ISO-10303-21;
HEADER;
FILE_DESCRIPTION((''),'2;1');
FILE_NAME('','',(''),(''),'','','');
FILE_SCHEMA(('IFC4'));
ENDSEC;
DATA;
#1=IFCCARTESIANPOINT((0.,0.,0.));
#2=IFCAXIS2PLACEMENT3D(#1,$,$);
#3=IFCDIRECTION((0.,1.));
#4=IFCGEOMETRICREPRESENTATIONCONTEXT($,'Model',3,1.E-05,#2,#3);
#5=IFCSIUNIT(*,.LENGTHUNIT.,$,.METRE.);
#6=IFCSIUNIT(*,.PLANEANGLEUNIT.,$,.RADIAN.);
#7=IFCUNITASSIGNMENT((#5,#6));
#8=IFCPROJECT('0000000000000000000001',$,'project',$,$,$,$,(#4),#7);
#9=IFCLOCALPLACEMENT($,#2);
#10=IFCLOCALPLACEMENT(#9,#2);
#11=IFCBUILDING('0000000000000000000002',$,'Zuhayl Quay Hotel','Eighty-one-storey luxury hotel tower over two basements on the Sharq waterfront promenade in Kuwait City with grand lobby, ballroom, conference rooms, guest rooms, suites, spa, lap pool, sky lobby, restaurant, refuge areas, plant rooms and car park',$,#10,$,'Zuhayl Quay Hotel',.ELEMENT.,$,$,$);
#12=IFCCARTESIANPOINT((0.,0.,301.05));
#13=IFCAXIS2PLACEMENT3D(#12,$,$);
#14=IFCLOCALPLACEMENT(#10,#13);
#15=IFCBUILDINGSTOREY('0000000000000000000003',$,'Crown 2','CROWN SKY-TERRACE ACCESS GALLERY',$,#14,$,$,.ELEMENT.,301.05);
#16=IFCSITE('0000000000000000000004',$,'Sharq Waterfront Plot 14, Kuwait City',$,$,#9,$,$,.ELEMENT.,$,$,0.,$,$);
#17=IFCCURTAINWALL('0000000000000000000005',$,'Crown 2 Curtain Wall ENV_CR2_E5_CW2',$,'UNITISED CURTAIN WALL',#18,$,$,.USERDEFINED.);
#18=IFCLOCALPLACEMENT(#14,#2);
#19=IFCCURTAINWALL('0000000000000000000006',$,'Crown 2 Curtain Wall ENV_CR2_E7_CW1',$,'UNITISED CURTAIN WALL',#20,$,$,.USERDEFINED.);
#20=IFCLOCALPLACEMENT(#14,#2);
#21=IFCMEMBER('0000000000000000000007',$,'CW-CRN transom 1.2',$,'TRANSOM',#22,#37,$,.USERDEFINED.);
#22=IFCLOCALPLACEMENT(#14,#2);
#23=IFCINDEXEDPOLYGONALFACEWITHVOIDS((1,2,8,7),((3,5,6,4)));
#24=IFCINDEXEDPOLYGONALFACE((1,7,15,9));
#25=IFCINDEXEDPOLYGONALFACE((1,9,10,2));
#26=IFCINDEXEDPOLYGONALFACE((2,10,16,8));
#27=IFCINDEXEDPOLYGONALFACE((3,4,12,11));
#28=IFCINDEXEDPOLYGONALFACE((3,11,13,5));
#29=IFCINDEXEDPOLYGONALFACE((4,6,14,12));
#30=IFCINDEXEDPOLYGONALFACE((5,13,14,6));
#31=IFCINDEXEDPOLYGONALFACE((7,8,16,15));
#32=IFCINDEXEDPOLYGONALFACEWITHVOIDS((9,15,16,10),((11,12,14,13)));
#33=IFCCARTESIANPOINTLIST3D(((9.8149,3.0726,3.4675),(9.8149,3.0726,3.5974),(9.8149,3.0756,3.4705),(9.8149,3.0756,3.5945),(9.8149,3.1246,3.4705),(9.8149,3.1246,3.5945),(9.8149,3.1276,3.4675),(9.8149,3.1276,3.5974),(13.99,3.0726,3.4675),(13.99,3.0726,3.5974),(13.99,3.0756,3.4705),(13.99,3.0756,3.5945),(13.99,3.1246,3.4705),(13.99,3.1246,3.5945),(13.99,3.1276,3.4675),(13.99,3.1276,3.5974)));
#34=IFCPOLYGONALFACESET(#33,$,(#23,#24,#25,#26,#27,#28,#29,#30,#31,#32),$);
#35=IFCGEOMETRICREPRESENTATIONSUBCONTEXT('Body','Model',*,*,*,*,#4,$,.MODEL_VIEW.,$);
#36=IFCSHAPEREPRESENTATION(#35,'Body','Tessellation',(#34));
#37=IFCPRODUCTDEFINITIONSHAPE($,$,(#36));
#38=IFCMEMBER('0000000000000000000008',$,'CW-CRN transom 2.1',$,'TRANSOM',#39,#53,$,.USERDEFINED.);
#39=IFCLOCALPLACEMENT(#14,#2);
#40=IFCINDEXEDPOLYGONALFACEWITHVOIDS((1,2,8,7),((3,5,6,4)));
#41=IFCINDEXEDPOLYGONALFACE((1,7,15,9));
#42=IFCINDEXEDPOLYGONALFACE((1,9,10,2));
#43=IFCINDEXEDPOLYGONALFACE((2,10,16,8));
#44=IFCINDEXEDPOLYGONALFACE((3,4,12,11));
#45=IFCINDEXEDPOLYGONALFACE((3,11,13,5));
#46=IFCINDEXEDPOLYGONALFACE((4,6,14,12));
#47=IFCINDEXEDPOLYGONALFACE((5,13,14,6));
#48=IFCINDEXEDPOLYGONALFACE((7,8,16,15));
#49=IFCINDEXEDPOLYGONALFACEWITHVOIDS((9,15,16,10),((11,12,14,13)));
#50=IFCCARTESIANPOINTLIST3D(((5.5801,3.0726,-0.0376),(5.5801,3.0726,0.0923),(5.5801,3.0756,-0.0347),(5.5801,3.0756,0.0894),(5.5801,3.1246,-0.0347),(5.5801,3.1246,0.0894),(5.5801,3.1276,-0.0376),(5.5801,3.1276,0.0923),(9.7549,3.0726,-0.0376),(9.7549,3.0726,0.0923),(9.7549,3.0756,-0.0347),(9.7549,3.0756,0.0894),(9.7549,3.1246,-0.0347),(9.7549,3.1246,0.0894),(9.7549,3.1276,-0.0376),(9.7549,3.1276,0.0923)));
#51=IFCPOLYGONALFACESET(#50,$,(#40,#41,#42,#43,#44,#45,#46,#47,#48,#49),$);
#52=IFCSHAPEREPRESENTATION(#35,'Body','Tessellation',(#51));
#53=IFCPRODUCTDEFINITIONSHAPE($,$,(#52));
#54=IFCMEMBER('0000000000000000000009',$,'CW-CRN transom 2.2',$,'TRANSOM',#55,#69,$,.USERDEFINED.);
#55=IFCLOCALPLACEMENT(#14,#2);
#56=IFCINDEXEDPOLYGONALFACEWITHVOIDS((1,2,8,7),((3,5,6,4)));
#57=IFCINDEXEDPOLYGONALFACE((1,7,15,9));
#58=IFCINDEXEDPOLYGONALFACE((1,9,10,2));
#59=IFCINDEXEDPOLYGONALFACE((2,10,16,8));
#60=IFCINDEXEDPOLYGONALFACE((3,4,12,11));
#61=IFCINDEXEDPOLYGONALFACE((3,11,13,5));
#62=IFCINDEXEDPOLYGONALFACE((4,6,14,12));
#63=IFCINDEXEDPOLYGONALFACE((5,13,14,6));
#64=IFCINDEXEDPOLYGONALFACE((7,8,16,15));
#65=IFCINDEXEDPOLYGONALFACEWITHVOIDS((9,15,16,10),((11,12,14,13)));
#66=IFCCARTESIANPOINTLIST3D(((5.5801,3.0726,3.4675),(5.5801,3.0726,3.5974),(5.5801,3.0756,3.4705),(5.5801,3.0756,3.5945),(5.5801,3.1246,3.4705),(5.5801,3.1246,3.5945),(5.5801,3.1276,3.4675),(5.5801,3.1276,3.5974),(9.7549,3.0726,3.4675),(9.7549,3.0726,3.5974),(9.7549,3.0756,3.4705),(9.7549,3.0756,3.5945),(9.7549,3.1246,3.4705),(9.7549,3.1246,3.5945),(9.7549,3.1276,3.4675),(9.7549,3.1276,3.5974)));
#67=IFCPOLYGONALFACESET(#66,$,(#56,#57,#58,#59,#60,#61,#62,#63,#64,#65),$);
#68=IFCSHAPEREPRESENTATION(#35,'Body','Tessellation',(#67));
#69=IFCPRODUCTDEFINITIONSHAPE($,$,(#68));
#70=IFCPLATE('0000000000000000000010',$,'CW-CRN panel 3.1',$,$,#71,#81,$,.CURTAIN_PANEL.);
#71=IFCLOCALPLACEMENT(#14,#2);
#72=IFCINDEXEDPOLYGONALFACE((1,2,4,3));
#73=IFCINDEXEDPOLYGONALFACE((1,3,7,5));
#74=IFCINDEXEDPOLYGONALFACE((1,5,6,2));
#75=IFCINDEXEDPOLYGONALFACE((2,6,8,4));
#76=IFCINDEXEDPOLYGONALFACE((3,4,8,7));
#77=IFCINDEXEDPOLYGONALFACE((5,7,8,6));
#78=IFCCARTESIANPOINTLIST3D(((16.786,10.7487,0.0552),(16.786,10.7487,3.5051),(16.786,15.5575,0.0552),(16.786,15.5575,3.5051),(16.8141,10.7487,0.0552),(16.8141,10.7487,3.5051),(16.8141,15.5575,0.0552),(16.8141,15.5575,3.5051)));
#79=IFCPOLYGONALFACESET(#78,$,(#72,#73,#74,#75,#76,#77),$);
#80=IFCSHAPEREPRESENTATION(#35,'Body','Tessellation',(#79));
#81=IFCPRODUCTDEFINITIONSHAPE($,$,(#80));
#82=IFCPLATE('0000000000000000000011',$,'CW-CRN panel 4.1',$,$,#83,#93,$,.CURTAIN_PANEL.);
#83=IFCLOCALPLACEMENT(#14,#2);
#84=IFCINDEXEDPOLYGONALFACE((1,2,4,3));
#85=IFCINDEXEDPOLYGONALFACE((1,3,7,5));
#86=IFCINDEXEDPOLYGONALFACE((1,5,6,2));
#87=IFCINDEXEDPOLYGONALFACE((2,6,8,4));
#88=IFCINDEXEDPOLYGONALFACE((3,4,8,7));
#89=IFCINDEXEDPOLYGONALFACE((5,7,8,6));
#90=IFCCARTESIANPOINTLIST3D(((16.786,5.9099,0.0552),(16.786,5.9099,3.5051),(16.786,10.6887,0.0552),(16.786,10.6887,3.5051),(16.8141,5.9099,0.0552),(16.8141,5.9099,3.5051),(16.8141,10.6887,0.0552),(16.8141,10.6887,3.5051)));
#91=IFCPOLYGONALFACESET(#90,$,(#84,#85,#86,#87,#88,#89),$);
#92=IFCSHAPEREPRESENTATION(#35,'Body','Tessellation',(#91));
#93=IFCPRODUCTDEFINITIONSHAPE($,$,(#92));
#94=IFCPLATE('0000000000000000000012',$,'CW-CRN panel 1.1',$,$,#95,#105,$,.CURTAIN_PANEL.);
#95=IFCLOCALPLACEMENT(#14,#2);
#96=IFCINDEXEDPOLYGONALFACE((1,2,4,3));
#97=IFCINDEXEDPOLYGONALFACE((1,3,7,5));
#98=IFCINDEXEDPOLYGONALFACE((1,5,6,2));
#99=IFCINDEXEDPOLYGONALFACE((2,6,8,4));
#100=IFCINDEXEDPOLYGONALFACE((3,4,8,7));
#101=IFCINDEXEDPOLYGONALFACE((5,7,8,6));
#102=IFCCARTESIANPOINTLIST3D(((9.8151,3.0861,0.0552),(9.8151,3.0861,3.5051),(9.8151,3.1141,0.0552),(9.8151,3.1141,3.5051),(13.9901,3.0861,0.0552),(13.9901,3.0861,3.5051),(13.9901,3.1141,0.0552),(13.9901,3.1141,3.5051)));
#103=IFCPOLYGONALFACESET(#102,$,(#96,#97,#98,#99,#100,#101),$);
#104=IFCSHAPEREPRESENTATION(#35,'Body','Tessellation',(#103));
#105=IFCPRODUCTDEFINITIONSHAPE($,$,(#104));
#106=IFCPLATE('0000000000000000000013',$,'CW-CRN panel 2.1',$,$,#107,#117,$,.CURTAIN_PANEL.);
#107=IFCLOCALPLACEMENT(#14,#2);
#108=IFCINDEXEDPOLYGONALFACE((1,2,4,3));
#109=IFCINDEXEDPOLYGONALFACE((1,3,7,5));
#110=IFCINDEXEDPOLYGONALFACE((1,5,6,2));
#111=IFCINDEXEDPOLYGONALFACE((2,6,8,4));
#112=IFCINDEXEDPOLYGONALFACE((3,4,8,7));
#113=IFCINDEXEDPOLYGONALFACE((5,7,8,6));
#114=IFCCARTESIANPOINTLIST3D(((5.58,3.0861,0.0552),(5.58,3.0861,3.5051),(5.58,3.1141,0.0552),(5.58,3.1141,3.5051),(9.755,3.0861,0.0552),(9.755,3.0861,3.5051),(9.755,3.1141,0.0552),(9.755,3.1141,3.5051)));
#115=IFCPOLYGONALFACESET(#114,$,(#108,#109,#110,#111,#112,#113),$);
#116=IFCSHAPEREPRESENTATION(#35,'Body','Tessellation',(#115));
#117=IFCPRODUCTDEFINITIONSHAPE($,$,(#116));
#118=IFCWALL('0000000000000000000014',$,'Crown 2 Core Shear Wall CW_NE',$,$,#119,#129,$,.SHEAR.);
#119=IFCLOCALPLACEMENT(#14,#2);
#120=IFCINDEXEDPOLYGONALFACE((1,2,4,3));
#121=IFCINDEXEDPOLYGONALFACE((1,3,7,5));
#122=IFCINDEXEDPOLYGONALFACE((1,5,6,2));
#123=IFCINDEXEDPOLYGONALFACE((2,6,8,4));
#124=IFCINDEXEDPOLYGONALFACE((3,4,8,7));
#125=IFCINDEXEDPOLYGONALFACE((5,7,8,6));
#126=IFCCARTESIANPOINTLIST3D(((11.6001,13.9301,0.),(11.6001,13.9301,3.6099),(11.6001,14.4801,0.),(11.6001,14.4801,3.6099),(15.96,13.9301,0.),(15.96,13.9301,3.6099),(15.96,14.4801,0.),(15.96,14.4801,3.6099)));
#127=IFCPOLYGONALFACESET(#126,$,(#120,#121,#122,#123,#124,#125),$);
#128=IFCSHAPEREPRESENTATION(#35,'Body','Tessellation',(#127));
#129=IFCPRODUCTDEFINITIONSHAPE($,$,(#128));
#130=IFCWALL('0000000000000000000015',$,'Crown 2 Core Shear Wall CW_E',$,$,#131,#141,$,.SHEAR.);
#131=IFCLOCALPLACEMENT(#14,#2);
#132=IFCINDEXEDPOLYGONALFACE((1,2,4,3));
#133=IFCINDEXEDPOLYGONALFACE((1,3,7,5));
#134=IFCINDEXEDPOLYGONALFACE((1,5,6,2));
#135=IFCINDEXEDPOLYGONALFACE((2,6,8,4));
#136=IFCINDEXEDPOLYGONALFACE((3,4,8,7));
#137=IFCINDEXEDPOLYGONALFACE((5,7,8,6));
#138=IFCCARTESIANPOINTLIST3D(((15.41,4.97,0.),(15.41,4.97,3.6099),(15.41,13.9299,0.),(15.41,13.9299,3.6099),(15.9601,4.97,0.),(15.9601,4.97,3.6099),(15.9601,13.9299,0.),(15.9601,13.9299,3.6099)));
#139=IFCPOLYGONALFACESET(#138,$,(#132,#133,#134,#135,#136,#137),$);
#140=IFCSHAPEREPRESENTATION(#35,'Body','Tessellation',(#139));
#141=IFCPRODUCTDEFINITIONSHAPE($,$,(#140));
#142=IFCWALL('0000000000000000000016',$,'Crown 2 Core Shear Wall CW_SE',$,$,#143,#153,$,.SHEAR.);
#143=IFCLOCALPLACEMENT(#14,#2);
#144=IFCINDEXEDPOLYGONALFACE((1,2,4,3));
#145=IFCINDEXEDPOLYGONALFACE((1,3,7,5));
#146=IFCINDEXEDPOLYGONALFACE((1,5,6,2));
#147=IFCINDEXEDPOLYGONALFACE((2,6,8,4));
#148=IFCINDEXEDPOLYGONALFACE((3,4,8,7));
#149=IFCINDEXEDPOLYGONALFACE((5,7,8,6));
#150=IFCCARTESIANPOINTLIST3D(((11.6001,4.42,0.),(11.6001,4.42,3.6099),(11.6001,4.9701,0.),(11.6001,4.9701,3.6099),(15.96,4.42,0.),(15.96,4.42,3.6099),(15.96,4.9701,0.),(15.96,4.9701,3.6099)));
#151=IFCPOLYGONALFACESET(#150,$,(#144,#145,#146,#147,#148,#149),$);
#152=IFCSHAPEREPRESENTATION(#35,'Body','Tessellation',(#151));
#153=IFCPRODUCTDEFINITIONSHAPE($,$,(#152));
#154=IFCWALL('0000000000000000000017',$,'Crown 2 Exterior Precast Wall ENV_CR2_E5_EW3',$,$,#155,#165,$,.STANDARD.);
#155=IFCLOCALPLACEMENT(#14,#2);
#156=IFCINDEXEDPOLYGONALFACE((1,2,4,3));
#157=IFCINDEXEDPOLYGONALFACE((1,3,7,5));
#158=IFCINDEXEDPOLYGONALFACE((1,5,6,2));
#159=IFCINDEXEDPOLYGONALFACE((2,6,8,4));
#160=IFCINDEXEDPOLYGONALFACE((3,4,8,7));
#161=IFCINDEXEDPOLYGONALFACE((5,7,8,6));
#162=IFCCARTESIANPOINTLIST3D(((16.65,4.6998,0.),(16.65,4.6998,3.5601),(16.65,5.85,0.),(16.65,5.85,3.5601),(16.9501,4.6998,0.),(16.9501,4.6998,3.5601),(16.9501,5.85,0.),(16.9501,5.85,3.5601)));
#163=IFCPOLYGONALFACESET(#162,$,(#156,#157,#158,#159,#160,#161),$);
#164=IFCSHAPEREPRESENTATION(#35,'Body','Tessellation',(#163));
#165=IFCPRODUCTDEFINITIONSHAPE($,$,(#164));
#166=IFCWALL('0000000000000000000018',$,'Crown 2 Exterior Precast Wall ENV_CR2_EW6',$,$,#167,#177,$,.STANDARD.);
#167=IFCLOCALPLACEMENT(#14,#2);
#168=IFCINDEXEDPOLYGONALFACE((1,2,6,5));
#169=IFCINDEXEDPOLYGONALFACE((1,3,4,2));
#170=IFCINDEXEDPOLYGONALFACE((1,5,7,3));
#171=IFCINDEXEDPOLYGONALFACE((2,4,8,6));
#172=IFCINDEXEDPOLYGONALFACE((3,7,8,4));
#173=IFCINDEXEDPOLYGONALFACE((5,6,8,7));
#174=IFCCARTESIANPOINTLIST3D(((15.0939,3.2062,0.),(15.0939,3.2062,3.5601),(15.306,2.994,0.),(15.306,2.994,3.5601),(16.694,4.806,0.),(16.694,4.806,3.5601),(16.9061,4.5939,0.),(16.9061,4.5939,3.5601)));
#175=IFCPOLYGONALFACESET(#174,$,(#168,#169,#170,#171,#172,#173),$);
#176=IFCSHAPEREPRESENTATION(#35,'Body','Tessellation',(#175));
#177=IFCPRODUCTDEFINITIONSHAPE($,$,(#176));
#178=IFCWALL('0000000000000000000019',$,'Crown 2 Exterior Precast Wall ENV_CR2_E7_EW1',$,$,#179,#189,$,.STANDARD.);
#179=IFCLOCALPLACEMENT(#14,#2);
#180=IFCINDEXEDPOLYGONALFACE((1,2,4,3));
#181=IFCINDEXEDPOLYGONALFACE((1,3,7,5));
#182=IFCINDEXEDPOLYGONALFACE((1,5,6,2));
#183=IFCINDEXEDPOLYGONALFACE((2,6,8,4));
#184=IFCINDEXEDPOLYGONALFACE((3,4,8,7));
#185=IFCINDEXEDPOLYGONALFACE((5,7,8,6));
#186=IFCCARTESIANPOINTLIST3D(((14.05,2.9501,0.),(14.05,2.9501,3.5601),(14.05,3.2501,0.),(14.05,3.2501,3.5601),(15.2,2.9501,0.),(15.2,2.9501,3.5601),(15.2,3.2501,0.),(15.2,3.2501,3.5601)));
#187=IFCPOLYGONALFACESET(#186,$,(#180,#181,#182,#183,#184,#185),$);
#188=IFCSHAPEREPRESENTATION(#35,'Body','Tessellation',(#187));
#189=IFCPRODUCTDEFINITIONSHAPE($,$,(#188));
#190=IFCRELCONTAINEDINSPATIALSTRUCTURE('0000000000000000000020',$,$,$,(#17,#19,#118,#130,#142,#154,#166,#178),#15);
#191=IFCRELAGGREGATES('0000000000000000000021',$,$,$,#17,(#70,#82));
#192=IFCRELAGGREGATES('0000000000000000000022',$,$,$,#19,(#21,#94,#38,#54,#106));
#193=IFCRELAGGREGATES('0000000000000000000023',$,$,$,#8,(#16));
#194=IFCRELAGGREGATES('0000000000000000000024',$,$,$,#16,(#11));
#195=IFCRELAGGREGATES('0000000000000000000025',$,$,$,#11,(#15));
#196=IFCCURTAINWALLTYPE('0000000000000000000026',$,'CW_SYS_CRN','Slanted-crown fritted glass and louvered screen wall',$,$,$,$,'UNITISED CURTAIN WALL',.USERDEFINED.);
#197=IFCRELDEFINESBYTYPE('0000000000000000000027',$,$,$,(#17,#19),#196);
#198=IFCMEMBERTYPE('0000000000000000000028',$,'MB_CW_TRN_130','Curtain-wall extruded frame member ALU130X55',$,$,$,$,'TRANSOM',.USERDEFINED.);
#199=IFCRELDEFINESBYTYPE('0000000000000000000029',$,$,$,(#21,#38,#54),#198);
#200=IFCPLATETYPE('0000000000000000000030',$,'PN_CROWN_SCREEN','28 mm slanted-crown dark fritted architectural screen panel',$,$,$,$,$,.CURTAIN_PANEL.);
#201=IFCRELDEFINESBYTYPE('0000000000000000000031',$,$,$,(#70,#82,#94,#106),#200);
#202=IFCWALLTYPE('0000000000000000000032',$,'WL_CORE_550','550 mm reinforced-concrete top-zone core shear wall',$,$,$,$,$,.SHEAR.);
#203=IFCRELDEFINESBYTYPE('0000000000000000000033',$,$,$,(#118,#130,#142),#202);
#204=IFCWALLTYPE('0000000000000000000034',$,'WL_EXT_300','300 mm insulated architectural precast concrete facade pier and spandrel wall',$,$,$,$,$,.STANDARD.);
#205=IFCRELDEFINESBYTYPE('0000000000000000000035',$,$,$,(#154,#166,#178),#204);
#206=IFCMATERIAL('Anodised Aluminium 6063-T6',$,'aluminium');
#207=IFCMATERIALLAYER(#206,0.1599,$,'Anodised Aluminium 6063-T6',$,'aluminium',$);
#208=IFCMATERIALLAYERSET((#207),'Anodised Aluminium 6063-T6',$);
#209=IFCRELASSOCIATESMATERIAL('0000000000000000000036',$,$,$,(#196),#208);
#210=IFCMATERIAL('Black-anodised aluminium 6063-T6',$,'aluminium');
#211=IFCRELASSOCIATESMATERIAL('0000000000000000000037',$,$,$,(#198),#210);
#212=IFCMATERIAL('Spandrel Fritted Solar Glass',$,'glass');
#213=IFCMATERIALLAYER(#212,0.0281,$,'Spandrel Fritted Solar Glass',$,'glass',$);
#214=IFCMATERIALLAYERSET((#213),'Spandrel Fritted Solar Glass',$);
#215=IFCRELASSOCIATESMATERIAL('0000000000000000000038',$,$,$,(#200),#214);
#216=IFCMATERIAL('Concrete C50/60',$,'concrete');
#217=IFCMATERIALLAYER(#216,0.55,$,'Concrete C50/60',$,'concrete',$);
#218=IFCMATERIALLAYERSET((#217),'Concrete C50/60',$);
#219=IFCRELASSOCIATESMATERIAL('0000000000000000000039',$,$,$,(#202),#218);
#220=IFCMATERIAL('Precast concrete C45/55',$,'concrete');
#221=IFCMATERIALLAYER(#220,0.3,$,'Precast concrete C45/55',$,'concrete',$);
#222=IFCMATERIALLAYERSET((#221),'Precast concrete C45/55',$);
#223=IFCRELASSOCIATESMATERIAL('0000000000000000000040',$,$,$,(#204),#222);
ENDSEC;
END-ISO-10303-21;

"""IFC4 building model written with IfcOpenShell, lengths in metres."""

from ifc_helpers import new_model, si_unit, direction, frame, frame_2d, origin, origin_2d, place, context, subcontext, project, spatial, rectangle, hollow_rectangle, extrude, material, layer, layer_set, material_profile, profile_set, type_object, element, aggregate, save


model = new_model("IFC4")

# Units and contexts
model_context = context("Model", 3, precision=1e-05, world=origin(), true_north=direction((0.0, 1.0)))
body_context = subcontext(model_context, "Body", "Model", "MODEL_VIEW")
ifc_project = project(units=[si_unit("LENGTHUNIT", "METRE"), si_unit("PLANEANGLEUNIT", "RADIAN")], contexts=[model_context])

# Site, building, storey
site_placement = place(None, origin())
site = spatial("IfcSite", under=ifc_project, at=site_placement, Name="Sharq Waterfront Plot 14, Kuwait City", CompositionType="ELEMENT", RefElevation=0.0)
building_placement = place(site_placement, origin())
building = spatial("IfcBuilding", under=site, at=building_placement, Name="Zuhayl Quay Hotel", Description="Eighty-one-storey luxury hotel tower over two basements on the Sharq waterfront promenade in Kuwait City with grand lobby, ballroom, conference rooms, guest rooms, suites, spa, lap pool, sky lobby, restaurant, refuge areas, plant rooms and car park", LongName="Zuhayl Quay Hotel", CompositionType="ELEMENT")
storey_placement = place(building_placement, frame((0.0, 0.0, 301.05)))
storey = spatial("IfcBuildingStorey", under=building, at=storey_placement, Name="Crown 2", Description="CROWN SKY-TERRACE ACCESS GALLERY", CompositionType="ELEMENT", Elevation=301.05)

# Curtain walls
ifc_material_1 = material(Name="Anodised Aluminium 6063-T6", Category="aluminium")
ifc_layer_1 = layer(ifc_material_1, 0.1599, Name="Anodised Aluminium 6063-T6", Category="aluminium")
ifc_layer_set_1 = layer_set([ifc_layer_1], Name="Anodised Aluminium 6063-T6")
curtain_wall_type = type_object("IfcCurtainWallType", Name="CW_SYS_CRN", Description="Slanted-crown fritted glass and louvered screen wall", ElementType="UNITISED CURTAIN WALL", PredefinedType="USERDEFINED", material=ifc_layer_set_1)
curtain_wall_1_placement = place(storey_placement, origin())
curtain_wall_1 = element("IfcCurtainWall", 1, at=curtain_wall_1_placement, inside=storey, type_object=curtain_wall_type, Name="Crown 2 Curtain Wall ENV_CR2_E5_CW2", ObjectType="UNITISED CURTAIN WALL", PredefinedType="USERDEFINED")
ifc_material_2 = material(Name="Black-anodised aluminium 6063-T6", Category="aluminium")
curtain_wall_2_placement = place(storey_placement, origin())
curtain_wall_2 = element("IfcCurtainWall", 2, at=curtain_wall_2_placement, inside=storey, type_object=curtain_wall_type, Name="Crown 2 Curtain Wall ENV_CR2_E7_CW1", ObjectType="UNITISED CURTAIN WALL", PredefinedType="USERDEFINED")

# Members
ifc_material_profile_1 = material_profile(ifc_material_2, hollow_rectangle(XDim=0.0549, YDim=0.1299, WallThickness=0.0029, at=origin_2d()), Name="ALU130X55")
ifc_profile_set_1 = profile_set([ifc_material_profile_1], Name="Black-anodised aluminium 6063-T6")
member_type_1 = type_object("IfcMemberType", Name="MB_CW_TRN_130", Description="Curtain-wall extruded frame member ALU130X55", ElementType="TRANSOM", PredefinedType="USERDEFINED", material=ifc_profile_set_1)
member_1_placement = place(storey_placement, frame((13.99, 3.1001, 3.5325), z_axis=(-1.0, 0.0, 0.0), x_axis=(0.0, -1.0, 0.0)))
member_1 = element("IfcMember", 3, at=member_1_placement, type_object=member_type_1, Name="CW-CRN transom 1.2", ObjectType="TRANSOM", PredefinedType="USERDEFINED", context=body_context, shape_type="SweptSolid", body=[
    extrude(hollow_rectangle(XDim=0.0549, YDim=0.1299, WallThickness=0.0029, at=origin_2d()), origin(), (0.0, 0.0, 1.0), 4.175),
])
member_2_placement = place(storey_placement, frame((9.7549, 3.1001, 0.0273), z_axis=(-1.0, 0.0, 0.0), x_axis=(0.0, -1.0, 0.0)))
member_2 = element("IfcMember", 4, at=member_2_placement, type_object=member_type_1, Name="CW-CRN transom 2.1", ObjectType="TRANSOM", PredefinedType="USERDEFINED", context=body_context, shape_type="SweptSolid", body=[
    extrude(hollow_rectangle(XDim=0.0549, YDim=0.1299, WallThickness=0.0029, at=origin_2d()), origin(), (0.0, 0.0, 1.0), 4.1748),
])
member_3_placement = place(storey_placement, frame((9.7549, 3.1001, 3.5325), z_axis=(-1.0, 0.0, 0.0), x_axis=(0.0, -1.0, 0.0)))
member_3 = element("IfcMember", 5, at=member_3_placement, type_object=member_type_1, Name="CW-CRN transom 2.2", ObjectType="TRANSOM", PredefinedType="USERDEFINED", context=body_context, shape_type="SweptSolid", body=[
    extrude(hollow_rectangle(XDim=0.0549, YDim=0.1299, WallThickness=0.0029, at=origin_2d()), origin(), (0.0, 0.0, 1.0), 4.1748),
])

# Plates
ifc_material_3 = material(Name="Spandrel Fritted Solar Glass", Category="glass")
ifc_layer_2 = layer(ifc_material_3, 0.0281, Name="Spandrel Fritted Solar Glass", Category="glass")
ifc_layer_set_2 = layer_set([ifc_layer_2], Name="Spandrel Fritted Solar Glass")
plate_type = type_object("IfcPlateType", Name="PN_CROWN_SCREEN", Description="28 mm slanted-crown dark fritted architectural screen panel", PredefinedType="CURTAIN_PANEL", material=ifc_layer_set_2)
plate_1_placement = place(storey_placement, frame((16.8, 13.1531, 0.0552), z_axis=(0.0, 0.0, 1.0), x_axis=(0.0, -1.0, 0.0)))
plate_1 = element("IfcPlate", 6, at=plate_1_placement, type_object=plate_type, Name="CW-CRN panel 3.1", PredefinedType="CURTAIN_PANEL", context=body_context, shape_type="SweptSolid", body=[
    extrude(rectangle(XDim=4.8088, YDim=0.0281, at=origin_2d()), origin(), (0.0, 0.0, 1.0), 3.45),
])
plate_2_placement = place(storey_placement, frame((16.8, 8.2993, 0.0552), z_axis=(0.0, 0.0, 1.0), x_axis=(0.0, -1.0, 0.0)))
plate_2 = element("IfcPlate", 7, at=plate_2_placement, type_object=plate_type, Name="CW-CRN panel 4.1", PredefinedType="CURTAIN_PANEL", context=body_context, shape_type="SweptSolid", body=[
    extrude(rectangle(XDim=4.7788, YDim=0.0281, at=origin_2d()), origin(), (0.0, 0.0, 1.0), 3.45),
])
aggregate(curtain_wall_1, [plate_1, plate_2])
plate_3_placement = place(storey_placement, frame((11.9026, 3.1001, 0.0552), z_axis=(0.0, 0.0, 1.0), x_axis=(-1.0, 0.0, 0.0)))
plate_3 = element("IfcPlate", 8, at=plate_3_placement, type_object=plate_type, Name="CW-CRN panel 1.1", PredefinedType="CURTAIN_PANEL", context=body_context, shape_type="SweptSolid", body=[
    extrude(rectangle(XDim=4.175, YDim=0.0281, at=origin_2d()), origin(), (0.0, 0.0, 1.0), 3.45),
])
plate_4_placement = place(storey_placement, frame((7.6675, 3.1001, 0.0552), z_axis=(0.0, 0.0, 1.0), x_axis=(-1.0, 0.0, 0.0)))
plate_4 = element("IfcPlate", 9, at=plate_4_placement, type_object=plate_type, Name="CW-CRN panel 2.1", PredefinedType="CURTAIN_PANEL", context=body_context, shape_type="SweptSolid", body=[
    extrude(rectangle(XDim=4.175, YDim=0.0281, at=origin_2d()), origin(), (0.0, 0.0, 1.0), 3.45),
])
aggregate(curtain_wall_2, [member_1, plate_3, member_2, member_3, plate_4])

# Walls
ifc_material_4 = material(Name="Concrete C50/60", Category="concrete")
ifc_layer_3 = layer(ifc_material_4, 0.55, Name="Concrete C50/60", Category="concrete")
ifc_layer_set_3 = layer_set([ifc_layer_3], Name="Concrete C50/60")
wall_type_1 = type_object("IfcWallType", Name="WL_CORE_550", Description="550 mm reinforced-concrete top-zone core shear wall", PredefinedType="SHEAR", material=ifc_layer_set_3)
wall_1_placement = place(storey_placement, frame((11.6001, 14.2051, 0.0), z_axis=(0.0, 0.0, 1.0), x_axis=(1.0, 0.0, 0.0)))
element("IfcWall", 10, at=wall_1_placement, inside=storey, type_object=wall_type_1, Name="Crown 2 Core Shear Wall CW_NE", PredefinedType="SHEAR", context=body_context, shape_type="SweptSolid", body=[
    extrude(rectangle(XDim=4.3599, YDim=0.55, at=frame_2d((2.1799, 0.0))), origin(), (0.0, 0.0, 1.0), 3.6099),
])
wall_2_placement = place(storey_placement, frame((15.6851, 4.97, 0.0), z_axis=(0.0, 0.0, 1.0), x_axis=(0.0, 1.0, 0.0)))
element("IfcWall", 11, at=wall_2_placement, inside=storey, type_object=wall_type_1, Name="Crown 2 Core Shear Wall CW_E", PredefinedType="SHEAR", context=body_context, shape_type="SweptSolid", body=[
    extrude(rectangle(XDim=8.96, YDim=0.55, at=frame_2d((4.48, 0.0))), origin(), (0.0, 0.0, 1.0), 3.6099),
])
wall_3_placement = place(storey_placement, frame((11.6001, 4.6951, 0.0), z_axis=(0.0, 0.0, 1.0), x_axis=(1.0, 0.0, 0.0)))
element("IfcWall", 12, at=wall_3_placement, inside=storey, type_object=wall_type_1, Name="Crown 2 Core Shear Wall CW_SE", PredefinedType="SHEAR", context=body_context, shape_type="SweptSolid", body=[
    extrude(rectangle(XDim=4.3599, YDim=0.55, at=frame_2d((2.1799, 0.0))), origin(), (0.0, 0.0, 1.0), 3.6099),
])
ifc_material_5 = material(Name="Precast concrete C45/55", Category="concrete")
ifc_layer_4 = layer(ifc_material_5, 0.3, Name="Precast concrete C45/55", Category="concrete")
ifc_layer_set_4 = layer_set([ifc_layer_4], Name="Precast concrete C45/55")
wall_type_2 = type_object("IfcWallType", Name="WL_EXT_300", Description="300 mm insulated architectural precast concrete facade pier and spandrel wall", PredefinedType="STANDARD", material=ifc_layer_set_4)
wall_4_placement = place(storey_placement, frame((16.8, 5.8501, 0.0), z_axis=(0.0, 0.0, 1.0), x_axis=(0.0, -1.0, 0.0)))
element("IfcWall", 13, at=wall_4_placement, inside=storey, type_object=wall_type_2, Name="Crown 2 Exterior Precast Wall ENV_CR2_E5_EW3", PredefinedType="STANDARD", context=body_context, shape_type="SweptSolid", body=[
    extrude(rectangle(XDim=1.1501, YDim=0.3, at=frame_2d((0.5752, 0.0))), origin(), (0.0, 0.0, 1.0), 3.5601),
])
wall_5_placement = place(storey_placement, frame((16.8, 4.7, 0.0), z_axis=(0.0, 0.0, 1.0), x_axis=(-0.707161, -0.707053, 0.0)))
element("IfcWall", 14, at=wall_5_placement, inside=storey, type_object=wall_type_2, Name="Crown 2 Exterior Precast Wall ENV_CR2_EW6", PredefinedType="STANDARD", context=body_context, shape_type="SweptSolid", body=[
    extrude(rectangle(XDim=2.2627, YDim=0.3, at=frame_2d((1.1313, 0.0))), origin(), (0.0, 0.0, 1.0), 3.5601),
])
wall_6_placement = place(storey_placement, frame((15.2, 3.1001, 0.0), z_axis=(0.0, 0.0, 1.0), x_axis=(-1.0, 0.0, 0.0)))
element("IfcWall", 15, at=wall_6_placement, inside=storey, type_object=wall_type_2, Name="Crown 2 Exterior Precast Wall ENV_CR2_E7_EW1", PredefinedType="STANDARD", context=body_context, shape_type="SweptSolid", body=[
    extrude(rectangle(XDim=1.1499, YDim=0.3, at=frame_2d((0.575, 0.0))), origin(), (0.0, 0.0, 1.0), 3.5601),
])

save(model, "model.ifc")
